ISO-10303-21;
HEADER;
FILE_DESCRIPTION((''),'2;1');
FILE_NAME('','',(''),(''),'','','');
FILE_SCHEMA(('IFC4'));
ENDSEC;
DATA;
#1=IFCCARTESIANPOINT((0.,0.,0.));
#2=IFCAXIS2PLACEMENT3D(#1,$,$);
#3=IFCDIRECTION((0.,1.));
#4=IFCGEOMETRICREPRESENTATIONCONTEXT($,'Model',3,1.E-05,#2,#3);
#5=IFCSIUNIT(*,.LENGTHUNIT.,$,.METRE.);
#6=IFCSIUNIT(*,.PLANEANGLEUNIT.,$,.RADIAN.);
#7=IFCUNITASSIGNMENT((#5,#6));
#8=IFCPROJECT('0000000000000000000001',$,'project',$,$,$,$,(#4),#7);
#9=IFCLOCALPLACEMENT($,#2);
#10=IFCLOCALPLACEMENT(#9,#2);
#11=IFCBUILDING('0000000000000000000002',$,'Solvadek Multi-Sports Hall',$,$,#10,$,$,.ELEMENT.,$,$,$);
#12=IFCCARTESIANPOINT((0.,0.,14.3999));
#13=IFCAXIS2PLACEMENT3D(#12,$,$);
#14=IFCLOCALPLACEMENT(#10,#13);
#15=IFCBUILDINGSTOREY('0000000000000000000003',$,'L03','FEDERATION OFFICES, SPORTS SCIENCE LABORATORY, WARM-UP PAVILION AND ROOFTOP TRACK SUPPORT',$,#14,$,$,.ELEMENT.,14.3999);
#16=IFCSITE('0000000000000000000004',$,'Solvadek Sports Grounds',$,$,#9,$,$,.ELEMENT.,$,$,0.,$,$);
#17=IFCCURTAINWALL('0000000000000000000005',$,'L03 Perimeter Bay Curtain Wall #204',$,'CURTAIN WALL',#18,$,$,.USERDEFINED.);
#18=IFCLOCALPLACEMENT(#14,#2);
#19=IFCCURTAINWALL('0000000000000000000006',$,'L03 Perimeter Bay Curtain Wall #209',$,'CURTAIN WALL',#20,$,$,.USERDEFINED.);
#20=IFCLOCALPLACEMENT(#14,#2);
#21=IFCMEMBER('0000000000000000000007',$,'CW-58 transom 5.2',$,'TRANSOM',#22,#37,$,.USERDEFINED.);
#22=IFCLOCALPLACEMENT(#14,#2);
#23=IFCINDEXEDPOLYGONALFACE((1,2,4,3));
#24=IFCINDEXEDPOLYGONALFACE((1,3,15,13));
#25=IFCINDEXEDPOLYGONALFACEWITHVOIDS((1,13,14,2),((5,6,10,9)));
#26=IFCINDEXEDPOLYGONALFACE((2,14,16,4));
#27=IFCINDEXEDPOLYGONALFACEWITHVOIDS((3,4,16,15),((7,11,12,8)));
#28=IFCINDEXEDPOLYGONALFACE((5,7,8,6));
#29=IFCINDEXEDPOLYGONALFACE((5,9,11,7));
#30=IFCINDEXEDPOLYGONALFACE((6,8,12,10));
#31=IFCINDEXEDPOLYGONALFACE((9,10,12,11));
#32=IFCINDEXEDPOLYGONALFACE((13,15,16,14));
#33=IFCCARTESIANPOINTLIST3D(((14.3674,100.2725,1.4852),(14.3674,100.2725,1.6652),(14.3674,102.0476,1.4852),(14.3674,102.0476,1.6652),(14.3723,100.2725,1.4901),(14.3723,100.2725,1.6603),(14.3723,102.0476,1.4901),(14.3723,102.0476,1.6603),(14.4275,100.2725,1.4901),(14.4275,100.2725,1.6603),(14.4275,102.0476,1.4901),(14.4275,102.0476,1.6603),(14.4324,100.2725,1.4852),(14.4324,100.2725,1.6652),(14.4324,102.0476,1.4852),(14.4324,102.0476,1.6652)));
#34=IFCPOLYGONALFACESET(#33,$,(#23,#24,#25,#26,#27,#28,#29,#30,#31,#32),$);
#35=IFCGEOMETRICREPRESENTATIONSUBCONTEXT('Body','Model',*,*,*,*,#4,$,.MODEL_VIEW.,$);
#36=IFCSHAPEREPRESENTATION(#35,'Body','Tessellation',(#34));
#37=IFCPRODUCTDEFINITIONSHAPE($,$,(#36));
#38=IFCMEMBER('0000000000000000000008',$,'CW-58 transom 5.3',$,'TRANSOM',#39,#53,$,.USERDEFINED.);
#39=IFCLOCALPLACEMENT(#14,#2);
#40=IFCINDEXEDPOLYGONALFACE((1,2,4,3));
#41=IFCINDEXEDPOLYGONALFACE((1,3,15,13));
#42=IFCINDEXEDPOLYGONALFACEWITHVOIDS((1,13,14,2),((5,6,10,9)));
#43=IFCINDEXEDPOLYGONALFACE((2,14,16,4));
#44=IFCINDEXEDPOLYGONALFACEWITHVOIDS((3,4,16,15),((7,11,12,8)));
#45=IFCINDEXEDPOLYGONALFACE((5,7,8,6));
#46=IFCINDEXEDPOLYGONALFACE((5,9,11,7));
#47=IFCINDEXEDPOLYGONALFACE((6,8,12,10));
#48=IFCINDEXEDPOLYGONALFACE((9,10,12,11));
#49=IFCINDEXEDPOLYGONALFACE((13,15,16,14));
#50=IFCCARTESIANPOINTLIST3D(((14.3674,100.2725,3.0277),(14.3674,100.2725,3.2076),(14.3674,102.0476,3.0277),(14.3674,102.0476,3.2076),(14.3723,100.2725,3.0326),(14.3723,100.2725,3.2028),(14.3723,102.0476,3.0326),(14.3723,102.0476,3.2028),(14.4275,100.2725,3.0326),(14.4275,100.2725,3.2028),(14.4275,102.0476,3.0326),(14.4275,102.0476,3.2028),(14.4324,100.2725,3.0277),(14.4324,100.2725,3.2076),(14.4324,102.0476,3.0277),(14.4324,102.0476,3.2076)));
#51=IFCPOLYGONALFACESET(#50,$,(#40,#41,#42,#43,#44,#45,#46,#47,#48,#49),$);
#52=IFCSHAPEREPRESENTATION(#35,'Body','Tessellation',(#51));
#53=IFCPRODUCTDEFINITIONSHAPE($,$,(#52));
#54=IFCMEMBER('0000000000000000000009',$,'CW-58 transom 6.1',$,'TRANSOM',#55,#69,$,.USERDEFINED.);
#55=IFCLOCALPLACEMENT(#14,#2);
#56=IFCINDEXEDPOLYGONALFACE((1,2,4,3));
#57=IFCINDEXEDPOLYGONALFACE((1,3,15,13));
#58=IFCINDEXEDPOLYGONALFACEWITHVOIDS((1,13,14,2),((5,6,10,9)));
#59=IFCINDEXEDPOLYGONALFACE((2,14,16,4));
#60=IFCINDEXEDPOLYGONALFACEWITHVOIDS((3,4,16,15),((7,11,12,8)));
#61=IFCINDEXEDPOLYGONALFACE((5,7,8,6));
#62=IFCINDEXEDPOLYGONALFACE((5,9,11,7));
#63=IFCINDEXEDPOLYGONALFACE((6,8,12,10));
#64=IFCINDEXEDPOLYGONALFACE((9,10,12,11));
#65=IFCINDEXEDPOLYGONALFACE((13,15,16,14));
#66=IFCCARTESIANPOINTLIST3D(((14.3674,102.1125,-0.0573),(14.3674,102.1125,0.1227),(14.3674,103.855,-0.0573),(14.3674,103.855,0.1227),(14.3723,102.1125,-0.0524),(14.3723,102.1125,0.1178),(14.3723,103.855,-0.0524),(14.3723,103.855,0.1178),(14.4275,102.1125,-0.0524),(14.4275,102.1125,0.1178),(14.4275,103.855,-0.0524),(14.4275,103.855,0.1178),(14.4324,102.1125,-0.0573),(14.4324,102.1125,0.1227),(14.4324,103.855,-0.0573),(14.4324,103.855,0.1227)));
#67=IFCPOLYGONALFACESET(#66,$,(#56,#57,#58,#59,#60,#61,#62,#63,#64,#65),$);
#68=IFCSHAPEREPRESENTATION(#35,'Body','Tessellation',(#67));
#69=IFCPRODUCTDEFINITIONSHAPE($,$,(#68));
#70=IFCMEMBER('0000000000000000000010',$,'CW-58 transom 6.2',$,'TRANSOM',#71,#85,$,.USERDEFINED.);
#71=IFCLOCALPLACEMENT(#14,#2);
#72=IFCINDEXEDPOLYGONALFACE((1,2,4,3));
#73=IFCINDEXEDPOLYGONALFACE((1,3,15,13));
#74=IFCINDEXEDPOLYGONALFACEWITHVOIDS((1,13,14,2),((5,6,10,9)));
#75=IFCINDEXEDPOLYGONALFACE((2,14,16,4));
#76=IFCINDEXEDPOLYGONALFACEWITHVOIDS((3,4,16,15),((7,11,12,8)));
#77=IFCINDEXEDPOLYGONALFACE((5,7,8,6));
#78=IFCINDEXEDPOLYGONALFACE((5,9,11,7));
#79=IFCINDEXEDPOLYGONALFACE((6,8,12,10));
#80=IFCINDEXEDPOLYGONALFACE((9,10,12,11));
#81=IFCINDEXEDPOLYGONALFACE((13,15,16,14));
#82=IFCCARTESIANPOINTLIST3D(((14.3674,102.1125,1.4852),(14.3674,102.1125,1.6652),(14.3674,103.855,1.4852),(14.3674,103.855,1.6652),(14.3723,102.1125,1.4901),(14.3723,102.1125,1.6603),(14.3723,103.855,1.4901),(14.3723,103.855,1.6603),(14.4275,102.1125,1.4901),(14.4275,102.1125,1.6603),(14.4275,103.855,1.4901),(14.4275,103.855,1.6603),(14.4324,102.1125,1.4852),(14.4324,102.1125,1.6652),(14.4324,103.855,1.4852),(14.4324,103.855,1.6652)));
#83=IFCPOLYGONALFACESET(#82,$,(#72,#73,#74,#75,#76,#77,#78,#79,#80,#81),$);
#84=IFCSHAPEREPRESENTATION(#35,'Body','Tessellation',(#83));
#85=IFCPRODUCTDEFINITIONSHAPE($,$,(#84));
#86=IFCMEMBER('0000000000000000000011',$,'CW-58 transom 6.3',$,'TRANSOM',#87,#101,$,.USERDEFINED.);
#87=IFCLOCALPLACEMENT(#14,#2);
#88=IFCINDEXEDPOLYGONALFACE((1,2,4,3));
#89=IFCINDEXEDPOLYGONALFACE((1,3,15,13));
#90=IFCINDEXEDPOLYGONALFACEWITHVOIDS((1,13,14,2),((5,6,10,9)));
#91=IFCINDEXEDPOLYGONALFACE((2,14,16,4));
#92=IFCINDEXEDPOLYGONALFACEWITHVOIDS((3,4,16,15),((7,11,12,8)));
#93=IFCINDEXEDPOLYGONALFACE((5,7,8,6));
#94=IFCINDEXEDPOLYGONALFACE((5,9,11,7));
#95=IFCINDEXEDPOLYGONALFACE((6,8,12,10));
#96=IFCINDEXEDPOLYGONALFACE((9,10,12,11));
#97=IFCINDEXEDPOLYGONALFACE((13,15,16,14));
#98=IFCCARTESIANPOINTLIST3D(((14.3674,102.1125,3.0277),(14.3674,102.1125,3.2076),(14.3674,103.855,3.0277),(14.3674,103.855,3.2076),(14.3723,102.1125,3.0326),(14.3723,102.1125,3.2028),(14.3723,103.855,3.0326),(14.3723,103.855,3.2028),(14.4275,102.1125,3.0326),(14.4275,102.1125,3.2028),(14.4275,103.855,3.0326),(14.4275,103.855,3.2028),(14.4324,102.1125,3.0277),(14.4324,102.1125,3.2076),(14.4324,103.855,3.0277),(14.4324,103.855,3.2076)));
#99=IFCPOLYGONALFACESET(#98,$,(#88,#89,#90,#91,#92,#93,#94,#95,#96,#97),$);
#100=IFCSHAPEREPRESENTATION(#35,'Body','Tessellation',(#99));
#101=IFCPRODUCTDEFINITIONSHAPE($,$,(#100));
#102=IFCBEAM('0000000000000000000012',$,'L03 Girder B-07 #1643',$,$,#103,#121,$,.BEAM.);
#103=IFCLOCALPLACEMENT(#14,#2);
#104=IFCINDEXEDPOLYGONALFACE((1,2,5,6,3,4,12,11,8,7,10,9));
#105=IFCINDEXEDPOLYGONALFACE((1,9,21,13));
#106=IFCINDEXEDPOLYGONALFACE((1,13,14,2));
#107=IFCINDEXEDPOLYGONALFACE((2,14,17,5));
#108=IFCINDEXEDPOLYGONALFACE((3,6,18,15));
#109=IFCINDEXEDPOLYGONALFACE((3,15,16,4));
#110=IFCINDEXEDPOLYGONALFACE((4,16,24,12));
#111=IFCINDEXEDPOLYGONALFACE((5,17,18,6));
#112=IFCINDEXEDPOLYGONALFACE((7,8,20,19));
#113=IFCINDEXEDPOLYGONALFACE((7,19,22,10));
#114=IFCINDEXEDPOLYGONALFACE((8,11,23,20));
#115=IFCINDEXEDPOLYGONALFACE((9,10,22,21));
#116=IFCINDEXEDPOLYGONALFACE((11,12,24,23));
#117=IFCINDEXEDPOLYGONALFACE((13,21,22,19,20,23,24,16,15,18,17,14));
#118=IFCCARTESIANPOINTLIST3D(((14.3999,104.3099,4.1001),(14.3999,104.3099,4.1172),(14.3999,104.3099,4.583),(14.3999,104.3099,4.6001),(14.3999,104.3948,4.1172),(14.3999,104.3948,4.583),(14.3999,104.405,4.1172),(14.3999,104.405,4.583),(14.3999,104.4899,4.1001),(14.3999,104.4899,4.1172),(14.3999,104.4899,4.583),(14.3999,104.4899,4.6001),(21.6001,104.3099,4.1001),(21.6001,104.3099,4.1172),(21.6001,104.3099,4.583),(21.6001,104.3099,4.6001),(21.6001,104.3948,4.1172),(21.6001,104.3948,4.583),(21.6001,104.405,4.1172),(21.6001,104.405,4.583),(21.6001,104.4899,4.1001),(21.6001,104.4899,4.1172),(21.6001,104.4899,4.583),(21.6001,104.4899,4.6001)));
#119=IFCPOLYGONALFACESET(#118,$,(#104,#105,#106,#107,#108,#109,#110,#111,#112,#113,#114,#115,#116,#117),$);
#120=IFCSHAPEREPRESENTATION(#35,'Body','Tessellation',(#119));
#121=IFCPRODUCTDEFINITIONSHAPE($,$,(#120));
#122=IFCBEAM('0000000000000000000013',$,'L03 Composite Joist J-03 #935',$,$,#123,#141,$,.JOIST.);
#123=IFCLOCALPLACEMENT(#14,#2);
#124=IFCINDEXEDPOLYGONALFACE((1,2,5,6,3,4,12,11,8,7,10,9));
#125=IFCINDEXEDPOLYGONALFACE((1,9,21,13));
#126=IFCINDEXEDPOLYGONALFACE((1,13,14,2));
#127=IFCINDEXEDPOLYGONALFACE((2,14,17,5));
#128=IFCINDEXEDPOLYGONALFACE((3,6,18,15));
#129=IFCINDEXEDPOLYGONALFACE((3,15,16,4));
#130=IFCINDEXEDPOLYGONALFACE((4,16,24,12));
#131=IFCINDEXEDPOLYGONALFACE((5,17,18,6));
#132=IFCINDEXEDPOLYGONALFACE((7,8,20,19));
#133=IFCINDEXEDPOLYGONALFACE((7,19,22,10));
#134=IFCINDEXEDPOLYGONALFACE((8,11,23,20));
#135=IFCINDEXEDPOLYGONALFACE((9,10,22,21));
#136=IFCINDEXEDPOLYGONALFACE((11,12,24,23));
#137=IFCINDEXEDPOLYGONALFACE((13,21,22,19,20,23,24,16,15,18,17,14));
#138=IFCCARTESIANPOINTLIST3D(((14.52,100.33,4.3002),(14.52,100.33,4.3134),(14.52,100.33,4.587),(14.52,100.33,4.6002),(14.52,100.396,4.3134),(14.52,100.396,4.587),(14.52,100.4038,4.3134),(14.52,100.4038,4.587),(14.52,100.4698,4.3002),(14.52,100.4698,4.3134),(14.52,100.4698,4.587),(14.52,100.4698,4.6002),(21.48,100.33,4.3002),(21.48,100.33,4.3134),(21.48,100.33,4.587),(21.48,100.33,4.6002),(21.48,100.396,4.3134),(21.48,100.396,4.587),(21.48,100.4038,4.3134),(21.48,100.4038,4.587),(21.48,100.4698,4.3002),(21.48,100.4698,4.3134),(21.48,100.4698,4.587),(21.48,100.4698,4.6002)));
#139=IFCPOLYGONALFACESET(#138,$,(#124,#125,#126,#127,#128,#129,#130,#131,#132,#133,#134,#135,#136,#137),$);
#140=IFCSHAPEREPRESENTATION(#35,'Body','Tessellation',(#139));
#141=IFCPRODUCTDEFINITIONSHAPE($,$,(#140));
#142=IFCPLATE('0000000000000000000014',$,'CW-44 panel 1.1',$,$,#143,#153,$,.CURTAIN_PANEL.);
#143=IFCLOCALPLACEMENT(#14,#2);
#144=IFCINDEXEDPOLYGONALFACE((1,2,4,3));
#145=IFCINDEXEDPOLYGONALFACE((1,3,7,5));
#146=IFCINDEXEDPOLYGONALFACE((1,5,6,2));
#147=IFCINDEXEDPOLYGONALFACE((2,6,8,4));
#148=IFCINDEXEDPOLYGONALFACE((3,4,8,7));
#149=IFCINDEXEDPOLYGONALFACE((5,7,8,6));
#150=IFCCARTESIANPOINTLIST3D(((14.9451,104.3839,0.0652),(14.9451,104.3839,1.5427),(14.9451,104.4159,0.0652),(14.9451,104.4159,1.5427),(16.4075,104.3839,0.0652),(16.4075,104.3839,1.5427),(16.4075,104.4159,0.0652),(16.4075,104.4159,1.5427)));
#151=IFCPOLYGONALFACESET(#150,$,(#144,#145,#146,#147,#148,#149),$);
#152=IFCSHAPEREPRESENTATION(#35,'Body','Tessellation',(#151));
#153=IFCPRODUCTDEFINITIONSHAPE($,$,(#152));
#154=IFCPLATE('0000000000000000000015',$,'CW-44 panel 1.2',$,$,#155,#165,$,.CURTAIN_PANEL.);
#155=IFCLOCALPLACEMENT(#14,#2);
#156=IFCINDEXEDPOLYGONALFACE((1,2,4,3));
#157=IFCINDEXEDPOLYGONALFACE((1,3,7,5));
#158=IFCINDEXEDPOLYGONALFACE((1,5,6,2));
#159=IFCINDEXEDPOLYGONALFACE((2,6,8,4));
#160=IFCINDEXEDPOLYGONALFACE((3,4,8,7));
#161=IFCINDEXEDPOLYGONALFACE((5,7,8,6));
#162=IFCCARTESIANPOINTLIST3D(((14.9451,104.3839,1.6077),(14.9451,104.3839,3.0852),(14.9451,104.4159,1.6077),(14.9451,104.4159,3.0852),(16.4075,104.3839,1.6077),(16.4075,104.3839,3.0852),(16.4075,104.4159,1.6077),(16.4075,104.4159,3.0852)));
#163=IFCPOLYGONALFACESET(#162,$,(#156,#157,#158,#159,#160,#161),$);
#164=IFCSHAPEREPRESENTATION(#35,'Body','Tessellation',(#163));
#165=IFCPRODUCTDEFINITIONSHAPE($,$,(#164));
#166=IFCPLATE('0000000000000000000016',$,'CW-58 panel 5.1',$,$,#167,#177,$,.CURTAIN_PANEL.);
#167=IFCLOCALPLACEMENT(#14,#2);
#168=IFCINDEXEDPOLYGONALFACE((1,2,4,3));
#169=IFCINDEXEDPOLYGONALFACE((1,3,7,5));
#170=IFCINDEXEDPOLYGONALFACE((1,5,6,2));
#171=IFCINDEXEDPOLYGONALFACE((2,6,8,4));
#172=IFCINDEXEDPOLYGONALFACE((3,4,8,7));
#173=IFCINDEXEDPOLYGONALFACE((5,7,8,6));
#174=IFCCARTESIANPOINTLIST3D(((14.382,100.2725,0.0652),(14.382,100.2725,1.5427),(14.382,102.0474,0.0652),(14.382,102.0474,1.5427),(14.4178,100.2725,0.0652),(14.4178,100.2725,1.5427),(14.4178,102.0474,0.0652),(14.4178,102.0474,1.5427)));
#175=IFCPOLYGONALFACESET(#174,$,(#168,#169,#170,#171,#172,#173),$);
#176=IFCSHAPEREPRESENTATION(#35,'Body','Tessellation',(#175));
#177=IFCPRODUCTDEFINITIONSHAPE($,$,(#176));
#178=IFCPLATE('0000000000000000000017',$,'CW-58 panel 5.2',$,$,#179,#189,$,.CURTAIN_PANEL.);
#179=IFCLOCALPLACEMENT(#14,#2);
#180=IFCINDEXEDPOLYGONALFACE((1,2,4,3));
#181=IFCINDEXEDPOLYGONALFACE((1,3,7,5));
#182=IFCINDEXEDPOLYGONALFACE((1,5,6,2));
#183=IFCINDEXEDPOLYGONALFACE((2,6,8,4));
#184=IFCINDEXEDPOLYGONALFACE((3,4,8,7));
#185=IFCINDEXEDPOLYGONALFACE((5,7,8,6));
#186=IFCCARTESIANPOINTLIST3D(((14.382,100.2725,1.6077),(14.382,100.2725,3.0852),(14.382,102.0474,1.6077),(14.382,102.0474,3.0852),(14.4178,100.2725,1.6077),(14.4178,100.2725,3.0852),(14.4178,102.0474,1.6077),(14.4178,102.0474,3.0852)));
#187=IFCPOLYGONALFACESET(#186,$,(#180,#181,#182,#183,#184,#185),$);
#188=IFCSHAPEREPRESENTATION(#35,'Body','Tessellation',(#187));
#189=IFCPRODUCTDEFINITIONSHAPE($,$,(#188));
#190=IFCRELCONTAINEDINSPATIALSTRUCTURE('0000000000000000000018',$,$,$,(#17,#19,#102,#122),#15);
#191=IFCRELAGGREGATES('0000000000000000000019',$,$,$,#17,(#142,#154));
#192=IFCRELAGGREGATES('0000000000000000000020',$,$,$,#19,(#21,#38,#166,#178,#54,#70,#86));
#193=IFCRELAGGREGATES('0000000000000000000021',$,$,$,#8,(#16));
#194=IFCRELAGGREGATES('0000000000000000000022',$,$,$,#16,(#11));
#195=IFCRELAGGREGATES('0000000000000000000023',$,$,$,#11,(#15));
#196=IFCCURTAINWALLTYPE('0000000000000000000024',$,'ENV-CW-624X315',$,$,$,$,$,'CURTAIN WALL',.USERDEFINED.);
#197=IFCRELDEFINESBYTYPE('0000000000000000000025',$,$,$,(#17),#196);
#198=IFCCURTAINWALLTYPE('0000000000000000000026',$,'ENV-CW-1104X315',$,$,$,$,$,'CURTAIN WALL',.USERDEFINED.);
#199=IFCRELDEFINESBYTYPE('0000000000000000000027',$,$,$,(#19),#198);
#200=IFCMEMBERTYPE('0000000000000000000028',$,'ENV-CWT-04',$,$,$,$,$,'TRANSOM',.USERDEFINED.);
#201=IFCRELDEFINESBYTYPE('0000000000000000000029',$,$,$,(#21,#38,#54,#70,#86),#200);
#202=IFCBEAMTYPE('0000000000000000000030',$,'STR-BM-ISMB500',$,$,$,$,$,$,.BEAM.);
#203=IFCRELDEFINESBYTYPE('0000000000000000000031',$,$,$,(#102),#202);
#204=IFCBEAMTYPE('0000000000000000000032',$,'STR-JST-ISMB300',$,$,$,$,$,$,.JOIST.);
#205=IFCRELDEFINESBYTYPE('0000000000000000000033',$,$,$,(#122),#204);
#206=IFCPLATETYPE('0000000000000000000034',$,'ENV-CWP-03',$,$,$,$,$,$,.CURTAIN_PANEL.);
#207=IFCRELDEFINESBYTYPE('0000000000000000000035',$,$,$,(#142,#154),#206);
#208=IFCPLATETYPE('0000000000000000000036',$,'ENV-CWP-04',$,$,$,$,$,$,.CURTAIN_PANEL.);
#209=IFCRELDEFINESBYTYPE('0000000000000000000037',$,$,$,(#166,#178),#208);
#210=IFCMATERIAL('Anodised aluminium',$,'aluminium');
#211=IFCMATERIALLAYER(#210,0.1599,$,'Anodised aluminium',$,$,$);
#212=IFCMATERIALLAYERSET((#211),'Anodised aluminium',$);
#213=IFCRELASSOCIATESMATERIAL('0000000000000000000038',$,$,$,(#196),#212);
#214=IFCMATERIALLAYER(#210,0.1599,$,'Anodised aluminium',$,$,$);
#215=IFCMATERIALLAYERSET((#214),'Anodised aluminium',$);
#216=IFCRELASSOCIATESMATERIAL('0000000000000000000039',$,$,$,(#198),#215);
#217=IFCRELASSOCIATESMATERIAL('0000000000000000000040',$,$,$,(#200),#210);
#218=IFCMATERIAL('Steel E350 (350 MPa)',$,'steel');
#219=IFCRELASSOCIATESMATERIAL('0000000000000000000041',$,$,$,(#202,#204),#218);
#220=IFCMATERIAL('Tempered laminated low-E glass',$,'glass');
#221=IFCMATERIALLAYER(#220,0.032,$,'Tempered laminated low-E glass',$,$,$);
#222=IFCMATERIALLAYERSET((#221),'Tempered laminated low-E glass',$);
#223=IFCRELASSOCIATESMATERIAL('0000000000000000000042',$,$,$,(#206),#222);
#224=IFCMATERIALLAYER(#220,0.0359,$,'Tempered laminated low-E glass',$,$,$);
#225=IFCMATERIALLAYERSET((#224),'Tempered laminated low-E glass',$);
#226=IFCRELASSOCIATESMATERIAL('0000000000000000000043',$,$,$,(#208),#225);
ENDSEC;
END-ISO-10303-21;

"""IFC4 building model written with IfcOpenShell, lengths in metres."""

from ifc_helpers import new_model, si_unit, direction, frame, origin, origin_2d, place, context, subcontext, project, spatial, rectangle, hollow_rectangle, i_section, extrude, material, layer, layer_set, material_profile, profile_set, type_object, element, aggregate, save


model = new_model("IFC4")

# Units and contexts
model_context = context("Model", 3, precision=1e-05, world=origin(), true_north=direction((0.0, 1.0)))
body_context = subcontext(model_context, "Body", "Model", "MODEL_VIEW")
ifc_project = project(units=[si_unit("LENGTHUNIT", "METRE"), si_unit("PLANEANGLEUNIT", "RADIAN")], contexts=[model_context])

# Site, building, storey
site_placement = place(None, origin())
site = spatial("IfcSite", under=ifc_project, at=site_placement, Name="Solvadek Sports Grounds", CompositionType="ELEMENT", RefElevation=0.0)
building_placement = place(site_placement, origin())
building = spatial("IfcBuilding", under=site, at=building_placement, Name="Solvadek Multi-Sports Hall", CompositionType="ELEMENT")
storey_placement = place(building_placement, frame((0.0, 0.0, 14.3999)))
storey = spatial("IfcBuildingStorey", under=building, at=storey_placement, Name="L03", Description="FEDERATION OFFICES, SPORTS SCIENCE LABORATORY, WARM-UP PAVILION AND ROOFTOP TRACK SUPPORT", CompositionType="ELEMENT", Elevation=14.3999)

# Shared definitions
ifc_material_1 = material(Name="Steel E350 (350 MPa)", Category="steel")

# Curtain walls
ifc_material_2 = material(Name="Anodised aluminium", Category="aluminium")
ifc_layer_1 = layer(ifc_material_2, 0.1599, Name="Anodised aluminium")
ifc_layer_set_1 = layer_set([ifc_layer_1], Name="Anodised aluminium")
curtain_wall_type_1 = type_object("IfcCurtainWallType", Name="ENV-CW-624X315", ElementType="CURTAIN WALL", PredefinedType="USERDEFINED", material=ifc_layer_set_1)
curtain_wall_1_placement = place(storey_placement, origin())
curtain_wall_1 = element("IfcCurtainWall", 1, at=curtain_wall_1_placement, inside=storey, type_object=curtain_wall_type_1, Name="L03 Perimeter Bay Curtain Wall #204", ObjectType="CURTAIN WALL", PredefinedType="USERDEFINED")
ifc_layer_2 = layer(ifc_material_2, 0.1599, Name="Anodised aluminium")
ifc_layer_set_2 = layer_set([ifc_layer_2], Name="Anodised aluminium")
curtain_wall_type_2 = type_object("IfcCurtainWallType", Name="ENV-CW-1104X315", ElementType="CURTAIN WALL", PredefinedType="USERDEFINED", material=ifc_layer_set_2)
curtain_wall_2_placement = place(storey_placement, origin())
curtain_wall_2 = element("IfcCurtainWall", 2, at=curtain_wall_2_placement, inside=storey, type_object=curtain_wall_type_2, Name="L03 Perimeter Bay Curtain Wall #209", ObjectType="CURTAIN WALL", PredefinedType="USERDEFINED")

# Members
ifc_material_profile_1 = material_profile(ifc_material_2, hollow_rectangle(XDim=0.0649, YDim=0.1799, WallThickness=0.0049, at=origin_2d()), Name="ALU-T 180x65x5")
ifc_profile_set_1 = profile_set([ifc_material_profile_1], Name="Anodised aluminium")
member_type_1 = type_object("IfcMemberType", Name="ENV-CWT-04", ElementType="TRANSOM", PredefinedType="USERDEFINED", material=ifc_profile_set_1)
member_1_placement = place(storey_placement, frame((14.3999, 100.2725, 1.5752), z_axis=(0.0, 1.0, 0.0), x_axis=(-1.0, 0.0, 0.0)))
member_1 = element("IfcMember", 3, at=member_1_placement, type_object=member_type_1, Name="CW-58 transom 5.2", ObjectType="TRANSOM", PredefinedType="USERDEFINED", context=body_context, shape_type="SweptSolid", body=[
    extrude(hollow_rectangle(XDim=0.0649, YDim=0.1799, WallThickness=0.0049, at=origin_2d()), origin(), (0.0, 0.0, 1.0), 1.7751),
])
member_2_placement = place(storey_placement, frame((14.3999, 100.2725, 3.1177), z_axis=(0.0, 1.0, 0.0), x_axis=(-1.0, 0.0, 0.0)))
member_2 = element("IfcMember", 4, at=member_2_placement, type_object=member_type_1, Name="CW-58 transom 5.3", ObjectType="TRANSOM", PredefinedType="USERDEFINED", context=body_context, shape_type="SweptSolid", body=[
    extrude(hollow_rectangle(XDim=0.0649, YDim=0.1799, WallThickness=0.0049, at=origin_2d()), origin(), (0.0, 0.0, 1.0), 1.7751),
])
member_3_placement = place(storey_placement, frame((14.3999, 102.1125, 0.0327), z_axis=(0.0, 1.0, 0.0), x_axis=(-1.0, 0.0, 0.0)))
member_3 = element("IfcMember", 5, at=member_3_placement, type_object=member_type_1, Name="CW-58 transom 6.1", ObjectType="TRANSOM", PredefinedType="USERDEFINED", context=body_context, shape_type="SweptSolid", body=[
    extrude(hollow_rectangle(XDim=0.0649, YDim=0.1799, WallThickness=0.0049, at=origin_2d()), origin(), (0.0, 0.0, 1.0), 1.7424),
])
member_4_placement = place(storey_placement, frame((14.3999, 102.1125, 1.5752), z_axis=(0.0, 1.0, 0.0), x_axis=(-1.0, 0.0, 0.0)))
member_4 = element("IfcMember", 6, at=member_4_placement, type_object=member_type_1, Name="CW-58 transom 6.2", ObjectType="TRANSOM", PredefinedType="USERDEFINED", context=body_context, shape_type="SweptSolid", body=[
    extrude(hollow_rectangle(XDim=0.0649, YDim=0.1799, WallThickness=0.0049, at=origin_2d()), origin(), (0.0, 0.0, 1.0), 1.7424),
])
member_5_placement = place(storey_placement, frame((14.3999, 102.1125, 3.1177), z_axis=(0.0, 1.0, 0.0), x_axis=(-1.0, 0.0, 0.0)))
member_5 = element("IfcMember", 7, at=member_5_placement, type_object=member_type_1, Name="CW-58 transom 6.3", ObjectType="TRANSOM", PredefinedType="USERDEFINED", context=body_context, shape_type="SweptSolid", body=[
    extrude(hollow_rectangle(XDim=0.0649, YDim=0.1799, WallThickness=0.0049, at=origin_2d()), origin(), (0.0, 0.0, 1.0), 1.7424),
])

# Beams
ifc_material_profile_2 = material_profile(ifc_material_1, i_section(OverallWidth=0.1799, OverallDepth=0.5, WebThickness=0.0103, FlangeThickness=0.0171, at=origin_2d()), Name="ISMB 500")
ifc_profile_set_2 = profile_set([ifc_material_profile_2], Name="Steel E350 (350 MPa)")
beam_type_1 = type_object("IfcBeamType", Name="STR-BM-ISMB500", PredefinedType="BEAM", material=ifc_profile_set_2)
beam_1_placement = place(storey_placement, frame((14.3999, 104.3999, 4.3501), z_axis=(1.0, 0.0, 0.0), x_axis=(0.0, 1.0, 0.0)))
element("IfcBeam", 8, at=beam_1_placement, inside=storey, type_object=beam_type_1, Name="L03 Girder B-07 #1643", PredefinedType="BEAM", context=body_context, shape_type="SweptSolid", body=[
    extrude(i_section(OverallWidth=0.1799, OverallDepth=0.5, WebThickness=0.0103, FlangeThickness=0.0171, at=origin_2d()), origin(), (0.0, 0.0, 1.0), 7.2002),
])
ifc_material_profile_3 = material_profile(ifc_material_1, i_section(OverallWidth=0.1399, OverallDepth=0.3, WebThickness=0.0078, FlangeThickness=0.0132, at=origin_2d()), Name="ISMB 300")
ifc_profile_set_3 = profile_set([ifc_material_profile_3], Name="Steel E350 (350 MPa)")
beam_type_2 = type_object("IfcBeamType", Name="STR-JST-ISMB300", PredefinedType="JOIST", material=ifc_profile_set_3)
beam_2_placement = place(storey_placement, frame((14.52, 100.3999, 4.4502), z_axis=(1.0, 0.0, 0.0), x_axis=(0.0, 1.0, 0.0)))
element("IfcBeam", 9, at=beam_2_placement, inside=storey, type_object=beam_type_2, Name="L03 Composite Joist J-03 #935", PredefinedType="JOIST", context=body_context, shape_type="SweptSolid", body=[
    extrude(i_section(OverallWidth=0.1399, OverallDepth=0.3, WebThickness=0.0078, FlangeThickness=0.0132, at=origin_2d()), origin(), (0.0, 0.0, 1.0), 6.96),
])

# Plates
ifc_material_3 = material(Name="Tempered laminated low-E glass", Category="glass")
ifc_layer_3 = layer(ifc_material_3, 0.032, Name="Tempered laminated low-E glass")
ifc_layer_set_3 = layer_set([ifc_layer_3], Name="Tempered laminated low-E glass")
plate_type_1 = type_object("IfcPlateType", Name="ENV-CWP-03", PredefinedType="CURTAIN_PANEL", material=ifc_layer_set_3)
plate_1_placement = place(storey_placement, frame((15.6763, 104.3999, 0.0652), z_axis=(0.0, 0.0, 1.0), x_axis=(1.0, 0.0, 0.0)))
plate_1 = element("IfcPlate", 10, at=plate_1_placement, type_object=plate_type_1, Name="CW-44 panel 1.1", PredefinedType="CURTAIN_PANEL", context=body_context, shape_type="SweptSolid", body=[
    extrude(rectangle(XDim=1.4624, YDim=0.032, at=origin_2d()), origin(), (0.0, 0.0, 1.0), 1.4775),
])
plate_2_placement = place(storey_placement, frame((15.6763, 104.3999, 1.6077), z_axis=(0.0, 0.0, 1.0), x_axis=(1.0, 0.0, 0.0)))
plate_2 = element("IfcPlate", 11, at=plate_2_placement, type_object=plate_type_1, Name="CW-44 panel 1.2", PredefinedType="CURTAIN_PANEL", context=body_context, shape_type="SweptSolid", body=[
    extrude(rectangle(XDim=1.4624, YDim=0.032, at=origin_2d()), origin(), (0.0, 0.0, 1.0), 1.4775),
])
aggregate(curtain_wall_1, [plate_1, plate_2])
ifc_layer_4 = layer(ifc_material_3, 0.0359, Name="Tempered laminated low-E glass")
ifc_layer_set_4 = layer_set([ifc_layer_4], Name="Tempered laminated low-E glass")
plate_type_2 = type_object("IfcPlateType", Name="ENV-CWP-04", PredefinedType="CURTAIN_PANEL", material=ifc_layer_set_4)
plate_3_placement = place(storey_placement, frame((14.3999, 101.1599, 0.0652), z_axis=(0.0, 0.0, 1.0), x_axis=(0.0, 1.0, 0.0)))
plate_3 = element("IfcPlate", 12, at=plate_3_placement, type_object=plate_type_2, Name="CW-58 panel 5.1", PredefinedType="CURTAIN_PANEL", context=body_context, shape_type="SweptSolid", body=[
    extrude(rectangle(XDim=1.7749, YDim=0.0359, at=origin_2d()), origin(), (0.0, 0.0, 1.0), 1.4775),
])
plate_4_placement = place(storey_placement, frame((14.3999, 101.1599, 1.6077), z_axis=(0.0, 0.0, 1.0), x_axis=(0.0, 1.0, 0.0)))
plate_4 = element("IfcPlate", 13, at=plate_4_placement, type_object=plate_type_2, Name="CW-58 panel 5.2", PredefinedType="CURTAIN_PANEL", context=body_context, shape_type="SweptSolid", body=[
    extrude(rectangle(XDim=1.7749, YDim=0.0359, at=origin_2d()), origin(), (0.0, 0.0, 1.0), 1.4775),
])
aggregate(curtain_wall_2, [member_1, member_2, plate_3, plate_4, member_3, member_4, member_5])

save(model, "model.ifc")
